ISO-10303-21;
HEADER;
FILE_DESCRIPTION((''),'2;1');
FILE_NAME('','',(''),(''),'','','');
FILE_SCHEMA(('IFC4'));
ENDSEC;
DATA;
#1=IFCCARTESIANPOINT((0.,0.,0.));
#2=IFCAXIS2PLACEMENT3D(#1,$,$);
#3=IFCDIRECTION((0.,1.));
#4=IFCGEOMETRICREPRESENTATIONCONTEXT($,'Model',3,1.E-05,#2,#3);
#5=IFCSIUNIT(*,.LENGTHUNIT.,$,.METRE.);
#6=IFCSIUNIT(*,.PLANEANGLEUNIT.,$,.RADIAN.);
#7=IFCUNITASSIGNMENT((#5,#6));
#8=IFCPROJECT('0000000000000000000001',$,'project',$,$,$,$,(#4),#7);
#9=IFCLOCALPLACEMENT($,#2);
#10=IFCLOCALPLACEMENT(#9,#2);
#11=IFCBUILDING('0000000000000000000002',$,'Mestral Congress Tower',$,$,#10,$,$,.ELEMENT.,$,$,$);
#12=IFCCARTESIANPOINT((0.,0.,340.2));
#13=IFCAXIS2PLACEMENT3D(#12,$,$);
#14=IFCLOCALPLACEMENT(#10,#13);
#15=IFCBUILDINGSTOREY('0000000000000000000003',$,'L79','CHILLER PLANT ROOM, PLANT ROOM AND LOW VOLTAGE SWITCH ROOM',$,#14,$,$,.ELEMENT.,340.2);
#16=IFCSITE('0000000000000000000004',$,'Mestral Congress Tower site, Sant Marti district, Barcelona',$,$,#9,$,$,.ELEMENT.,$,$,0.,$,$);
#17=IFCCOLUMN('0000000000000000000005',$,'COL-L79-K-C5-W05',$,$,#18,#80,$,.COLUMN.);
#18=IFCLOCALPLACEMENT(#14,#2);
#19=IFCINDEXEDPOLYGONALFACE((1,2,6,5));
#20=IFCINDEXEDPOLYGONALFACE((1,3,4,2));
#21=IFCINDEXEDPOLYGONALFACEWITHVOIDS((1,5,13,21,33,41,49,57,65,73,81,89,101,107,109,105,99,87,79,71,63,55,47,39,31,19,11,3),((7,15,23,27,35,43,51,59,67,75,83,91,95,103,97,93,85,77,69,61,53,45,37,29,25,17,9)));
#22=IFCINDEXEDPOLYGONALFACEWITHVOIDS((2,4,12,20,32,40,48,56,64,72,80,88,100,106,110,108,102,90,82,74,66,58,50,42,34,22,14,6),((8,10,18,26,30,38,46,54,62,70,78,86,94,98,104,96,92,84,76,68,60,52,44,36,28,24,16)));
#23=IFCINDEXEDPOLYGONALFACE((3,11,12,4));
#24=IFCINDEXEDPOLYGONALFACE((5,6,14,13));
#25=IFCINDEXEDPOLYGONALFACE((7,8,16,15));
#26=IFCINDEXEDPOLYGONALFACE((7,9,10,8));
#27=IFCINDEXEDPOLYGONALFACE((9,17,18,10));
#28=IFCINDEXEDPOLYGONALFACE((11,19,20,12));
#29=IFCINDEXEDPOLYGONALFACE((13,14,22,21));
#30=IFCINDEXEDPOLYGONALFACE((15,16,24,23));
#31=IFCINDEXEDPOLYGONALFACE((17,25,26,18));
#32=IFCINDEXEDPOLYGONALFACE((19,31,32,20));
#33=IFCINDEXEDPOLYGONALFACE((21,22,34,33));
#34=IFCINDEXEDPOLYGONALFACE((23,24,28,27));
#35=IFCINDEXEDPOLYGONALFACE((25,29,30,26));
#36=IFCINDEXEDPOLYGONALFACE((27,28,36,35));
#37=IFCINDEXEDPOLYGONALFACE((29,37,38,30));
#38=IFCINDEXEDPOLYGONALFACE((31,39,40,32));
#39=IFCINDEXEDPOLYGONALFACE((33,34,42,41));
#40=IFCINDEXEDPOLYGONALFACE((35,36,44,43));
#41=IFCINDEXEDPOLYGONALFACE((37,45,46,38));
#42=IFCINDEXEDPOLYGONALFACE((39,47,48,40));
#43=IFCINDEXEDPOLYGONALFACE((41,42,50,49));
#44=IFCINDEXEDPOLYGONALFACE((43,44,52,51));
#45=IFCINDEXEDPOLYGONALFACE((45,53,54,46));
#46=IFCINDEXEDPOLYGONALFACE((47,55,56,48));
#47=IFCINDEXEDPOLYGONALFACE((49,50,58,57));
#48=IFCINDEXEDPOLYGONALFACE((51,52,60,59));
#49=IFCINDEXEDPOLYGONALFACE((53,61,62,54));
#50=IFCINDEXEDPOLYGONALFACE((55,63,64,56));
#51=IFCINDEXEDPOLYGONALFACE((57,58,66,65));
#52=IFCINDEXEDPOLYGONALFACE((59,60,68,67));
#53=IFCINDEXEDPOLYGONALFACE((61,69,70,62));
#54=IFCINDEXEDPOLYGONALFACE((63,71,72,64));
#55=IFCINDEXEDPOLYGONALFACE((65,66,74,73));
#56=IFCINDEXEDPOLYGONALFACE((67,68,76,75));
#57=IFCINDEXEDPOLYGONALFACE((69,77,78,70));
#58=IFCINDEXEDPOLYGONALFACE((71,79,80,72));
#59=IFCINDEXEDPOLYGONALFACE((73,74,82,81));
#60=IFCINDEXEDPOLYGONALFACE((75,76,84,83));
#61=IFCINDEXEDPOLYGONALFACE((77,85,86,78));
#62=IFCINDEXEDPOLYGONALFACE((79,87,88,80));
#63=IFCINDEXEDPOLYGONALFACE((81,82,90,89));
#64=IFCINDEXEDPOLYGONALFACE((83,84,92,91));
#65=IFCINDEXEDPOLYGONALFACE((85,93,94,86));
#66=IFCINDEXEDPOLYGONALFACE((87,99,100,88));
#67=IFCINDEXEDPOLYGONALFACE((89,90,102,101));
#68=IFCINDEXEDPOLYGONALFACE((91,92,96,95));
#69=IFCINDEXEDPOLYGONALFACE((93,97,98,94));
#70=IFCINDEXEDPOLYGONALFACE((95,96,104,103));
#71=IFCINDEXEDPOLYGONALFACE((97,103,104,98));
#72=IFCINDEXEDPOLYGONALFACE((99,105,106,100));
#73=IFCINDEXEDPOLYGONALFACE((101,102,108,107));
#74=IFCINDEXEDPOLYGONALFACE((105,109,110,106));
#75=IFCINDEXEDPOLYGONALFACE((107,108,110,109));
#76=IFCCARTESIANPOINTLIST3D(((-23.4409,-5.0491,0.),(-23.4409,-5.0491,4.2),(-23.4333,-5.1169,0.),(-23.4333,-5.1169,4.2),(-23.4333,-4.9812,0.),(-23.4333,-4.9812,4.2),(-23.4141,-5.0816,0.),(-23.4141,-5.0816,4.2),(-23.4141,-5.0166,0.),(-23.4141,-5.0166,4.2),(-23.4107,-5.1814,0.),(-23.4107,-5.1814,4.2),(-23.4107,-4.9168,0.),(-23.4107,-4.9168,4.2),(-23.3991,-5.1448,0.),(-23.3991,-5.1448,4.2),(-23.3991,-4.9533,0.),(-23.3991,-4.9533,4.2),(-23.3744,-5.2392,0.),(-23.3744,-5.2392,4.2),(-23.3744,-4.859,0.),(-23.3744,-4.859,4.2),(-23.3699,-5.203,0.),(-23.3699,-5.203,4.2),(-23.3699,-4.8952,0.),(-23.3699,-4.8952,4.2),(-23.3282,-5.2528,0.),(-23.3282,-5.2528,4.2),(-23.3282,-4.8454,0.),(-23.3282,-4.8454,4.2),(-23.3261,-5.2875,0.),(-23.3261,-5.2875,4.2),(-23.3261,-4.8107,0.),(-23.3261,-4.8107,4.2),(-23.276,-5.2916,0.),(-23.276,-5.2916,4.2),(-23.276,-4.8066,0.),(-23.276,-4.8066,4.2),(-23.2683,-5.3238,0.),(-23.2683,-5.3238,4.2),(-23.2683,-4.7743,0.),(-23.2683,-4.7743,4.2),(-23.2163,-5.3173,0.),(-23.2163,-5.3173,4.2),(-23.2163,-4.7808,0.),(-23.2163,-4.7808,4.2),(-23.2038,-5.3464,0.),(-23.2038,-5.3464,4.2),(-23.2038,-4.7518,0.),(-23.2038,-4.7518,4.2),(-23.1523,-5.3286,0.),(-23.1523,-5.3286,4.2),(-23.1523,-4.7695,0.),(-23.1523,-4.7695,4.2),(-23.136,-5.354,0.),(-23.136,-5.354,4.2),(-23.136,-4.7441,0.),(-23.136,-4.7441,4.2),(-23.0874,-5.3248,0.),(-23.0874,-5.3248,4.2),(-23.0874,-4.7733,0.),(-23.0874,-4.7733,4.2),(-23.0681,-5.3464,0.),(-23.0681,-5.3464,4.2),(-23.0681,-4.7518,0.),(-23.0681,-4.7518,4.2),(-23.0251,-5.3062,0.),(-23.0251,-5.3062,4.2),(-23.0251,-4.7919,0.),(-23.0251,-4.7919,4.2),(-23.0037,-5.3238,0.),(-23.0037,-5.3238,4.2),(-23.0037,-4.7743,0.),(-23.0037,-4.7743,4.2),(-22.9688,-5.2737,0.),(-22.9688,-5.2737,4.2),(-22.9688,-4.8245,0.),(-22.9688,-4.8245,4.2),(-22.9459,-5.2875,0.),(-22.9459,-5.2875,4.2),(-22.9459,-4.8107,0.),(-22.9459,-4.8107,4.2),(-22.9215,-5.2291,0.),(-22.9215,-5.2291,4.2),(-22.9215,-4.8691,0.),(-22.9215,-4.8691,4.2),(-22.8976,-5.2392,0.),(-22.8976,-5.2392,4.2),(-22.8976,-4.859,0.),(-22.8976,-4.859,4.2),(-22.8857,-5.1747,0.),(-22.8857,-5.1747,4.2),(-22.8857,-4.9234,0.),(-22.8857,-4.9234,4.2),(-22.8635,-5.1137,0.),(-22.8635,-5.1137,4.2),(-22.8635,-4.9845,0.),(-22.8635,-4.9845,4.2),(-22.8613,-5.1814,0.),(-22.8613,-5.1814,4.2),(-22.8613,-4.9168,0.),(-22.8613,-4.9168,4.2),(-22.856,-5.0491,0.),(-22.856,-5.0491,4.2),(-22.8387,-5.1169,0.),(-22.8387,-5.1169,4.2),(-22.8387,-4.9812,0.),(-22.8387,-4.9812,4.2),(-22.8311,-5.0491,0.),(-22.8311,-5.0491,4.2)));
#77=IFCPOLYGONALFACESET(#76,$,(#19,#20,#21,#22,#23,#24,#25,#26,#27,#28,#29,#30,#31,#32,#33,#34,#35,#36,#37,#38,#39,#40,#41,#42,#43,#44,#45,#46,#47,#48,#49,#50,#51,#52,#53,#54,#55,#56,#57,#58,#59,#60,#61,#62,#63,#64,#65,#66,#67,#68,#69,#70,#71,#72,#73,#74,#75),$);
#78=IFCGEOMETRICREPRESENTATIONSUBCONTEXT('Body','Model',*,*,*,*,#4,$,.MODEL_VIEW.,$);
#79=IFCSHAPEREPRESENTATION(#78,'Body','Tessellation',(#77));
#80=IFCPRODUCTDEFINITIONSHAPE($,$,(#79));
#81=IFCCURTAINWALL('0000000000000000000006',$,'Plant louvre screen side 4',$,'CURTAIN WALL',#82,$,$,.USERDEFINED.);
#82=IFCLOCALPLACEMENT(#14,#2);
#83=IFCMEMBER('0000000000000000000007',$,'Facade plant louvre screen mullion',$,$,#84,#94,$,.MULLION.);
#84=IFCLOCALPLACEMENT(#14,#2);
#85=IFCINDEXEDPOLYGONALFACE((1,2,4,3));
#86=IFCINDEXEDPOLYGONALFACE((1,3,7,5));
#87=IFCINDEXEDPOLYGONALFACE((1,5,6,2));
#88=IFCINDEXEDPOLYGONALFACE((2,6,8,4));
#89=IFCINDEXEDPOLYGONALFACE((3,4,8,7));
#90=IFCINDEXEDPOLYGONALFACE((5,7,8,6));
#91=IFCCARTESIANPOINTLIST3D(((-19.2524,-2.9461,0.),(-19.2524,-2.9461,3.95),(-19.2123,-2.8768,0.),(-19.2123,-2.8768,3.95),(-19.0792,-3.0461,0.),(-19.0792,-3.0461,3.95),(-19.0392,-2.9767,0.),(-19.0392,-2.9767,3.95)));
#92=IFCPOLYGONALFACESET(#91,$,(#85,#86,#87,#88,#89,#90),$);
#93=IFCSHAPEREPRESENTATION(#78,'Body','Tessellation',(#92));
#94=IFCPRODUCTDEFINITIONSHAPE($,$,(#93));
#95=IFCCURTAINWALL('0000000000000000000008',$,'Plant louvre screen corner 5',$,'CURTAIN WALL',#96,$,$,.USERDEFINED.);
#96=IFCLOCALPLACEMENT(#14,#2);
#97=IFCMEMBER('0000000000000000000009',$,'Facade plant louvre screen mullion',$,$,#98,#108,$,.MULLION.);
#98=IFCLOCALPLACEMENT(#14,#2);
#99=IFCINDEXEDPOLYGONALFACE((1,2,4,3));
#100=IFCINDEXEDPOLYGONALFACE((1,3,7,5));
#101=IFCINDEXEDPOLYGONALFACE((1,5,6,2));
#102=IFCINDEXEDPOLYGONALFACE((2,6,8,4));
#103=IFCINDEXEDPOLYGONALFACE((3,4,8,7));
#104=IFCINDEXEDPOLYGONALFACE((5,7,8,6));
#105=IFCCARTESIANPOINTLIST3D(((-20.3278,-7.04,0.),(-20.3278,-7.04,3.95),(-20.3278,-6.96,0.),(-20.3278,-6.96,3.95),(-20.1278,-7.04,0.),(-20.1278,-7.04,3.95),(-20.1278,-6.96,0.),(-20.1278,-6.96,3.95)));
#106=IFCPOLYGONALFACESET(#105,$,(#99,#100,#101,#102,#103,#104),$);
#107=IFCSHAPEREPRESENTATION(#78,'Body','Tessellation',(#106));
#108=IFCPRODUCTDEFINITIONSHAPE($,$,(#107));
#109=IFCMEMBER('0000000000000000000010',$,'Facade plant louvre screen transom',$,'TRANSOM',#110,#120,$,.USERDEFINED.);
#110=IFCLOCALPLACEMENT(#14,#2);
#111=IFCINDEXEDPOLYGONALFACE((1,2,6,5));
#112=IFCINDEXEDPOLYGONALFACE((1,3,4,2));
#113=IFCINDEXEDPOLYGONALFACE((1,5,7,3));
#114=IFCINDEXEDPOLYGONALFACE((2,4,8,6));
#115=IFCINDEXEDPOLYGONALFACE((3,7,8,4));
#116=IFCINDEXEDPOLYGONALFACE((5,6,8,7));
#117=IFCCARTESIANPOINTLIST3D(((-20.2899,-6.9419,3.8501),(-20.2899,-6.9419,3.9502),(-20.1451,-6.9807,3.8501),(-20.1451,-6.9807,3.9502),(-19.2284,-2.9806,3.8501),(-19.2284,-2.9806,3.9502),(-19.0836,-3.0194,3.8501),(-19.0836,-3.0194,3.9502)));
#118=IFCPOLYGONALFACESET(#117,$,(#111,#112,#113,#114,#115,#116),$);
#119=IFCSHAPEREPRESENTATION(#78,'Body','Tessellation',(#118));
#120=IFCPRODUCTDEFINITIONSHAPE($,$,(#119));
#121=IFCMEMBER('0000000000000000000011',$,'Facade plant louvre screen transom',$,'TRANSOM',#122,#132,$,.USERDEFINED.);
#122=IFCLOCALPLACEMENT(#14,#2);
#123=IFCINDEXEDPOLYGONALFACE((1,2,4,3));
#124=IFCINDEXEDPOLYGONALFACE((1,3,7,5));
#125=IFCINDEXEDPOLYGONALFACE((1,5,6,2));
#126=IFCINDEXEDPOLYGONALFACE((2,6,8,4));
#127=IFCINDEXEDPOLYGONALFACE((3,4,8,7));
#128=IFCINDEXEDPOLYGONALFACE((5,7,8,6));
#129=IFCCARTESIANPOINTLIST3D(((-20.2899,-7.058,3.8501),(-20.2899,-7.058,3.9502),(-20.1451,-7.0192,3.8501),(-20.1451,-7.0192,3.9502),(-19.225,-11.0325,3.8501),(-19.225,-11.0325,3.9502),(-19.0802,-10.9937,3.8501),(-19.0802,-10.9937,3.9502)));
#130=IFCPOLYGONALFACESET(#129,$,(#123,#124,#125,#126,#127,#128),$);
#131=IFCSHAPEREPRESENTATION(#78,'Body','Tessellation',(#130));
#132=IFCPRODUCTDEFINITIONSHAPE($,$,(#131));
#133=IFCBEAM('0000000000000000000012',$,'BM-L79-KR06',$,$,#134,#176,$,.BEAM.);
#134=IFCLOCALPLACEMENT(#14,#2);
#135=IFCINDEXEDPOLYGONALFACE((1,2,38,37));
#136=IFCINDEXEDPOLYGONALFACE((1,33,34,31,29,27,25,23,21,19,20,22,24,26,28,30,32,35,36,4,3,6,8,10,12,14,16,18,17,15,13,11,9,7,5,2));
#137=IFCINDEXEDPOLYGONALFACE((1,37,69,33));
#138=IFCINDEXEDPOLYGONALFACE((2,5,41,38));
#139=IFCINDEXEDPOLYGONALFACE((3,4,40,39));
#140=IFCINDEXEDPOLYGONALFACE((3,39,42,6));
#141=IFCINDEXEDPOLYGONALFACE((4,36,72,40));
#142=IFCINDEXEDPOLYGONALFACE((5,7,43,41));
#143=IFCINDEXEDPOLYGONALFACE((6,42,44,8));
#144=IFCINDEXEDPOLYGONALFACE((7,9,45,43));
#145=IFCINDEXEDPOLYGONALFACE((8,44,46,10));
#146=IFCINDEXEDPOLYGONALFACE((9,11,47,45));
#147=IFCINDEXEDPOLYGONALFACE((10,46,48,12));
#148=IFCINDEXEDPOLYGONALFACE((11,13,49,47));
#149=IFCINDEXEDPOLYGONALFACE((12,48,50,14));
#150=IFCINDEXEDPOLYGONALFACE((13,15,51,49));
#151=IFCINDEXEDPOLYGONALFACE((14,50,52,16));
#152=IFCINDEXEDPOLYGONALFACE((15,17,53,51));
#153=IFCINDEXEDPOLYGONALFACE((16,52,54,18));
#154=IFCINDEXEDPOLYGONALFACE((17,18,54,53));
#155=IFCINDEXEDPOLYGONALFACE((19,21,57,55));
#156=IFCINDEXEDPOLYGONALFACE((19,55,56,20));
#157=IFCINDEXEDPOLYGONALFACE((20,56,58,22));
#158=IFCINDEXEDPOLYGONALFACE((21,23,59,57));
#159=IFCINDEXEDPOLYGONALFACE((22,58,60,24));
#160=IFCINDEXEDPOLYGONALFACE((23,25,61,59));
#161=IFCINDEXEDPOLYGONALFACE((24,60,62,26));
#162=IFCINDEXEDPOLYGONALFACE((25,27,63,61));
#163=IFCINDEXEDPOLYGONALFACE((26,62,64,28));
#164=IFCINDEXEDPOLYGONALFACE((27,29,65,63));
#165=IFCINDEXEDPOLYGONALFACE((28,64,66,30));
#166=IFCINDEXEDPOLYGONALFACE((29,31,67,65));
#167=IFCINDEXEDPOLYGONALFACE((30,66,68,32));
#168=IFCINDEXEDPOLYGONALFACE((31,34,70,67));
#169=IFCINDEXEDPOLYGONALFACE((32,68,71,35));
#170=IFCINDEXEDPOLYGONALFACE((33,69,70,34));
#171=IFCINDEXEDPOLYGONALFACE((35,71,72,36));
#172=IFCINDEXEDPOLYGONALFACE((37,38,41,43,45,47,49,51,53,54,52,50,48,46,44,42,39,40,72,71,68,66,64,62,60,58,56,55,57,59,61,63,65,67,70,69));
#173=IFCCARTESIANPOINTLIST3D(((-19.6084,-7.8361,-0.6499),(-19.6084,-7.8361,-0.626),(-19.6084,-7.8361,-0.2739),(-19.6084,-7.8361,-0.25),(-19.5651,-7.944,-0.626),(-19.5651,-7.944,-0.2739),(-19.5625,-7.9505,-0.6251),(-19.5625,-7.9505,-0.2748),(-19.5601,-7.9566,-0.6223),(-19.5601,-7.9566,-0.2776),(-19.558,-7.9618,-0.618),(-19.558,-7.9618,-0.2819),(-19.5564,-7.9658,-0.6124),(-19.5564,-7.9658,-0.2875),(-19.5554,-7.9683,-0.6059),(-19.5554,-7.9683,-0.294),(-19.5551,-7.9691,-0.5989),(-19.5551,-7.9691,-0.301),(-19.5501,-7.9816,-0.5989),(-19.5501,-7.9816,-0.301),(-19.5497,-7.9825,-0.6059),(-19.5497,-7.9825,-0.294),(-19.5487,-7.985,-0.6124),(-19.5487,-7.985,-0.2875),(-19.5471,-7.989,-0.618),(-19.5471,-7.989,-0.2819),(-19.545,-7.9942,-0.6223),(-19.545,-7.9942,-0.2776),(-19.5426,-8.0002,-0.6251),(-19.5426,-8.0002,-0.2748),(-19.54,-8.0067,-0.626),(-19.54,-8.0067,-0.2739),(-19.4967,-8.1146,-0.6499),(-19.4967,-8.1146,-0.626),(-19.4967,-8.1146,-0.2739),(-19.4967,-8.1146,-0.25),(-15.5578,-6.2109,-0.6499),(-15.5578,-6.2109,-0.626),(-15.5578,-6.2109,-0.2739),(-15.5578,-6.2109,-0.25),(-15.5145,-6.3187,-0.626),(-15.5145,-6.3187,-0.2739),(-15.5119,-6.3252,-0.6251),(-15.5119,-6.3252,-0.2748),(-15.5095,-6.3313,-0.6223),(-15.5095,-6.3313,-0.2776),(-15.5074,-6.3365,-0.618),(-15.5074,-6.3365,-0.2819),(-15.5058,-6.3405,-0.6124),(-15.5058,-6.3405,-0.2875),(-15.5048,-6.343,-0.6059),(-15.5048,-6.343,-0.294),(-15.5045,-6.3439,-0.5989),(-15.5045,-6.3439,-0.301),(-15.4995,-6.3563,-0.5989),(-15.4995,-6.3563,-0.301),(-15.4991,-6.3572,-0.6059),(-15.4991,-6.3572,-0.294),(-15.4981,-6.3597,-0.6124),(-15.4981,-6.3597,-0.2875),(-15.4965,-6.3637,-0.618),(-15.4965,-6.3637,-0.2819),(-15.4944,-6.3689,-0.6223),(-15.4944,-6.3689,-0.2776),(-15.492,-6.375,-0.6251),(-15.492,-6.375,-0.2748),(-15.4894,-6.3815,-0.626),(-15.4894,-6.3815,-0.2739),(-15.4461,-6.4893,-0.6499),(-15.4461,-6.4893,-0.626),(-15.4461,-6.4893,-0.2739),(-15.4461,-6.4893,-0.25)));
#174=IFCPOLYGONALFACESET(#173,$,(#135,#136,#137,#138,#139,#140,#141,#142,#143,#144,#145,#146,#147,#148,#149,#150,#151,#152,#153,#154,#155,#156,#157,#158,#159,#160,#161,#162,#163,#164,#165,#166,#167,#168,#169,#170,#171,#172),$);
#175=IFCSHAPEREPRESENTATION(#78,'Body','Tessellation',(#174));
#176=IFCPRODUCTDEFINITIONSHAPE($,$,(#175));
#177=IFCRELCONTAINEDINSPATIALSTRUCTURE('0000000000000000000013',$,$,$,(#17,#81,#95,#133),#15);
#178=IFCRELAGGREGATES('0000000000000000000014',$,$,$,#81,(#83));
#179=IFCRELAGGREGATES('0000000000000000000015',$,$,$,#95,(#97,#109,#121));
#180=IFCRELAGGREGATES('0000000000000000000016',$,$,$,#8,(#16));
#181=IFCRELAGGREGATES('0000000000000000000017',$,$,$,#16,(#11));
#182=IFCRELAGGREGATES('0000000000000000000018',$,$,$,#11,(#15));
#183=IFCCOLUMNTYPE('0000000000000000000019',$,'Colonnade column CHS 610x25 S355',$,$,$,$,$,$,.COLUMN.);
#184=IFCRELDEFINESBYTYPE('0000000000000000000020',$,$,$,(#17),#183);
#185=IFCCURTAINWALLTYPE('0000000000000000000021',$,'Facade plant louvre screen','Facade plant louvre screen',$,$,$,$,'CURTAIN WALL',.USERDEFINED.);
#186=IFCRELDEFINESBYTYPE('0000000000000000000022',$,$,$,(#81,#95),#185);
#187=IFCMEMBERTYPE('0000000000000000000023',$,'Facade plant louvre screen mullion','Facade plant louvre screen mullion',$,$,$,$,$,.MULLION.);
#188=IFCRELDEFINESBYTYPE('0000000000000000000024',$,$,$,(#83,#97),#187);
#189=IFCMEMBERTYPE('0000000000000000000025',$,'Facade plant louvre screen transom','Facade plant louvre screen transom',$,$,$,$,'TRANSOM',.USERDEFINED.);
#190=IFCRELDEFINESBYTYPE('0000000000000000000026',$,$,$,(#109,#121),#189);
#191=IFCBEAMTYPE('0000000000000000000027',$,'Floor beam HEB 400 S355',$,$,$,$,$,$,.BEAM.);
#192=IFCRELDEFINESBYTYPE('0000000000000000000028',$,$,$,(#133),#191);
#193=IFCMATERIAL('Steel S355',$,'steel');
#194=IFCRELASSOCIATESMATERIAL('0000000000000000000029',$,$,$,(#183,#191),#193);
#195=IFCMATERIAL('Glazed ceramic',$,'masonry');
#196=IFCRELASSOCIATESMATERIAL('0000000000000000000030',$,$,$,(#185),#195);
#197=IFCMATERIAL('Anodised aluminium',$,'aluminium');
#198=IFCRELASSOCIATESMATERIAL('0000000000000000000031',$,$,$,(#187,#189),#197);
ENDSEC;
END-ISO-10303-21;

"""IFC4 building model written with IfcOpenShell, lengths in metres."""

from ifc_helpers import new_model, si_unit, direction, frame, origin, origin_2d, place, context, subcontext, project, spatial, rectangle, hollow_circle, i_section, extrude, material, material_profile, profile_set, type_object, element, aggregate, save


model = new_model("IFC4")

# Units and contexts
model_context = context("Model", 3, precision=1e-05, world=origin(), true_north=direction((0.0, 1.0)))
body_context = subcontext(model_context, "Body", "Model", "MODEL_VIEW")
ifc_project = project(units=[si_unit("LENGTHUNIT", "METRE"), si_unit("PLANEANGLEUNIT", "RADIAN")], contexts=[model_context])

# Site, building, storey
site_placement = place(None, origin())
site = spatial("IfcSite", under=ifc_project, at=site_placement, Name="Mestral Congress Tower site, Sant Marti district, Barcelona", CompositionType="ELEMENT", RefElevation=0.0)
building_placement = place(site_placement, origin())
building = spatial("IfcBuilding", under=site, at=building_placement, Name="Mestral Congress Tower", CompositionType="ELEMENT")
storey_placement = place(building_placement, frame((0.0, 0.0, 340.2)))
storey = spatial("IfcBuildingStorey", under=building, at=storey_placement, Name="L79", Description="CHILLER PLANT ROOM, PLANT ROOM AND LOW VOLTAGE SWITCH ROOM", CompositionType="ELEMENT", Elevation=340.2)

# Column
ifc_material_1 = material(Name="Steel S355", Category="steel")
ifc_material_profile_1 = material_profile(ifc_material_1, hollow_circle(Radius=0.3049, WallThickness=0.0249, at=origin_2d()), Name="CHS 610x25")
ifc_profile_set_1 = profile_set([ifc_material_profile_1], Name="Steel S355")
column_type = type_object("IfcColumnType", Name="Colonnade column CHS 610x25 S355", PredefinedType="COLUMN", material=ifc_profile_set_1)
column_placement = place(storey_placement, frame((-23.136, -5.0491, 0.0), z_axis=(0.0, 0.0, 1.0), x_axis=(1.0, 0.0, 0.0)))
element("IfcColumn", 1, at=column_placement, inside=storey, type_object=column_type, Name="COL-L79-K-C5-W05", PredefinedType="COLUMN", context=body_context, shape_type="SweptSolid", body=[
    extrude(hollow_circle(Radius=0.3049, WallThickness=0.0249, at=origin_2d()), origin(), (0.0, 0.0, 1.0), 4.2),
])

# Curtain wall, member
ifc_material_2 = material(Name="Glazed ceramic", Category="masonry")
curtain_wall_type = type_object("IfcCurtainWallType", Name="Facade plant louvre screen", Description="Facade plant louvre screen", ElementType="CURTAIN WALL", PredefinedType="USERDEFINED", material=ifc_material_2)
placement = place(storey_placement, origin())
curtain_wall_1 = element("IfcCurtainWall", 2, at=placement, inside=storey, type_object=curtain_wall_type, Name="Plant louvre screen side 4", ObjectType="CURTAIN WALL", PredefinedType="USERDEFINED")
ifc_material_3 = material(Name="Anodised aluminium", Category="aluminium")
ifc_material_profile_2 = material_profile(ifc_material_3, rectangle(XDim=0.2, YDim=0.0801, at=origin_2d()), Name="CW6 mullion 200 x 80")
ifc_profile_set_2 = profile_set([ifc_material_profile_2], Name="Anodised aluminium")
member_type_1 = type_object("IfcMemberType", Name="Facade plant louvre screen mullion", Description="Facade plant louvre screen mullion", PredefinedType="MULLION", material=ifc_profile_set_2)
member_1_placement = place(storey_placement, frame((-19.1458, -2.9614, 0.0), z_axis=(0.0, 0.0, 1.0), x_axis=(-0.866025, 0.500002, 0.0)))
member_1 = element("IfcMember", 3, at=member_1_placement, type_object=member_type_1, Name="Facade plant louvre screen mullion", PredefinedType="MULLION", context=body_context, shape_type="SweptSolid", body=[
    extrude(rectangle(XDim=0.2, YDim=0.0801, at=origin_2d()), origin(), (0.0, 0.0, 1.0), 3.95),
])

# Curtain wall, members
curtain_wall_2 = element("IfcCurtainWall", 4, at=placement, inside=storey, type_object=curtain_wall_type, Name="Plant louvre screen corner 5", ObjectType="CURTAIN WALL", PredefinedType="USERDEFINED")
member_2_placement = place(storey_placement, frame((-20.2278, -7.0, 0.0), z_axis=(0.0, 0.0, 1.0), x_axis=(-1.0, 0.0, 0.0)))
member_2 = element("IfcMember", 5, at=member_2_placement, type_object=member_type_1, Name="Facade plant louvre screen mullion", PredefinedType="MULLION", context=body_context, shape_type="SweptSolid", body=[
    extrude(rectangle(XDim=0.2, YDim=0.0801, at=origin_2d()), origin(), (0.0, 0.0, 1.0), 3.95),
])
ifc_material_profile_3 = material_profile(ifc_material_3, rectangle(XDim=0.1499, YDim=0.1001, at=origin_2d()), Name="CW6 transom 150 x 100")
ifc_profile_set_3 = profile_set([ifc_material_profile_3], Name="Anodised aluminium")
member_type_2 = type_object("IfcMemberType", Name="Facade plant louvre screen transom", Description="Facade plant louvre screen transom", ElementType="TRANSOM", PredefinedType="USERDEFINED", material=ifc_profile_set_3)
member_3_placement = place(storey_placement, frame((-19.156, -3.0, 3.9001), z_axis=(-0.258833, -0.965922, 0.0), x_axis=(0.965922, -0.258833, 0.0)))
member_3 = element("IfcMember", 6, at=member_3_placement, type_object=member_type_2, Name="Facade plant louvre screen transom", ObjectType="TRANSOM", PredefinedType="USERDEFINED", context=body_context, shape_type="SweptSolid", body=[
    extrude(rectangle(XDim=0.1499, YDim=0.1001, at=origin_2d()), origin(), (0.0, 0.0, 1.0), 4.1011),
])
member_4_placement = place(storey_placement, frame((-20.2175, -7.0386, 3.9001), z_axis=(0.258807, -0.965929, 0.0), x_axis=(0.965929, 0.258807, 0.0)))
member_4 = element("IfcMember", 7, at=member_4_placement, type_object=member_type_2, Name="Facade plant louvre screen transom", ObjectType="TRANSOM", PredefinedType="USERDEFINED", context=body_context, shape_type="SweptSolid", body=[
    extrude(rectangle(XDim=0.1499, YDim=0.1001, at=origin_2d()), origin(), (0.0, 0.0, 1.0), 4.1147),
])

# Beam
ifc_material_profile_4 = material_profile(ifc_material_1, i_section(OverallWidth=0.3, OverallDepth=0.3999, WebThickness=0.0134, FlangeThickness=0.0239, FilletRadius=0.0271, at=origin_2d()), Name="HEB 400")
ifc_profile_set_4 = profile_set([ifc_material_profile_4], Name="Steel S355")
beam_type_1 = type_object("IfcBeamType", Name="Floor beam HEB 400 S355", PredefinedType="BEAM", material=ifc_profile_set_4)
beam_1_placement = place(storey_placement, frame((-15.502, -6.3501, -0.45), z_axis=(-0.928079, -0.372384, 0.0), x_axis=(0.372384, -0.928079, 0.0)))
element("IfcBeam", 8, at=beam_1_placement, inside=storey, type_object=beam_type_1, Name="BM-L79-KR06", PredefinedType="BEAM", context=body_context, shape_type="SweptSolid", body=[
    extrude(i_section(OverallWidth=0.3, OverallDepth=0.3999, WebThickness=0.0134, FlangeThickness=0.0239, FilletRadius=0.0271, at=origin_2d()), origin(), (0.0, 0.0, 1.0), 4.3645),
])

aggregate(curtain_wall_1, [member_1])
aggregate(curtain_wall_2, [member_2, member_3, member_4])

save(model, "model.ifc")
